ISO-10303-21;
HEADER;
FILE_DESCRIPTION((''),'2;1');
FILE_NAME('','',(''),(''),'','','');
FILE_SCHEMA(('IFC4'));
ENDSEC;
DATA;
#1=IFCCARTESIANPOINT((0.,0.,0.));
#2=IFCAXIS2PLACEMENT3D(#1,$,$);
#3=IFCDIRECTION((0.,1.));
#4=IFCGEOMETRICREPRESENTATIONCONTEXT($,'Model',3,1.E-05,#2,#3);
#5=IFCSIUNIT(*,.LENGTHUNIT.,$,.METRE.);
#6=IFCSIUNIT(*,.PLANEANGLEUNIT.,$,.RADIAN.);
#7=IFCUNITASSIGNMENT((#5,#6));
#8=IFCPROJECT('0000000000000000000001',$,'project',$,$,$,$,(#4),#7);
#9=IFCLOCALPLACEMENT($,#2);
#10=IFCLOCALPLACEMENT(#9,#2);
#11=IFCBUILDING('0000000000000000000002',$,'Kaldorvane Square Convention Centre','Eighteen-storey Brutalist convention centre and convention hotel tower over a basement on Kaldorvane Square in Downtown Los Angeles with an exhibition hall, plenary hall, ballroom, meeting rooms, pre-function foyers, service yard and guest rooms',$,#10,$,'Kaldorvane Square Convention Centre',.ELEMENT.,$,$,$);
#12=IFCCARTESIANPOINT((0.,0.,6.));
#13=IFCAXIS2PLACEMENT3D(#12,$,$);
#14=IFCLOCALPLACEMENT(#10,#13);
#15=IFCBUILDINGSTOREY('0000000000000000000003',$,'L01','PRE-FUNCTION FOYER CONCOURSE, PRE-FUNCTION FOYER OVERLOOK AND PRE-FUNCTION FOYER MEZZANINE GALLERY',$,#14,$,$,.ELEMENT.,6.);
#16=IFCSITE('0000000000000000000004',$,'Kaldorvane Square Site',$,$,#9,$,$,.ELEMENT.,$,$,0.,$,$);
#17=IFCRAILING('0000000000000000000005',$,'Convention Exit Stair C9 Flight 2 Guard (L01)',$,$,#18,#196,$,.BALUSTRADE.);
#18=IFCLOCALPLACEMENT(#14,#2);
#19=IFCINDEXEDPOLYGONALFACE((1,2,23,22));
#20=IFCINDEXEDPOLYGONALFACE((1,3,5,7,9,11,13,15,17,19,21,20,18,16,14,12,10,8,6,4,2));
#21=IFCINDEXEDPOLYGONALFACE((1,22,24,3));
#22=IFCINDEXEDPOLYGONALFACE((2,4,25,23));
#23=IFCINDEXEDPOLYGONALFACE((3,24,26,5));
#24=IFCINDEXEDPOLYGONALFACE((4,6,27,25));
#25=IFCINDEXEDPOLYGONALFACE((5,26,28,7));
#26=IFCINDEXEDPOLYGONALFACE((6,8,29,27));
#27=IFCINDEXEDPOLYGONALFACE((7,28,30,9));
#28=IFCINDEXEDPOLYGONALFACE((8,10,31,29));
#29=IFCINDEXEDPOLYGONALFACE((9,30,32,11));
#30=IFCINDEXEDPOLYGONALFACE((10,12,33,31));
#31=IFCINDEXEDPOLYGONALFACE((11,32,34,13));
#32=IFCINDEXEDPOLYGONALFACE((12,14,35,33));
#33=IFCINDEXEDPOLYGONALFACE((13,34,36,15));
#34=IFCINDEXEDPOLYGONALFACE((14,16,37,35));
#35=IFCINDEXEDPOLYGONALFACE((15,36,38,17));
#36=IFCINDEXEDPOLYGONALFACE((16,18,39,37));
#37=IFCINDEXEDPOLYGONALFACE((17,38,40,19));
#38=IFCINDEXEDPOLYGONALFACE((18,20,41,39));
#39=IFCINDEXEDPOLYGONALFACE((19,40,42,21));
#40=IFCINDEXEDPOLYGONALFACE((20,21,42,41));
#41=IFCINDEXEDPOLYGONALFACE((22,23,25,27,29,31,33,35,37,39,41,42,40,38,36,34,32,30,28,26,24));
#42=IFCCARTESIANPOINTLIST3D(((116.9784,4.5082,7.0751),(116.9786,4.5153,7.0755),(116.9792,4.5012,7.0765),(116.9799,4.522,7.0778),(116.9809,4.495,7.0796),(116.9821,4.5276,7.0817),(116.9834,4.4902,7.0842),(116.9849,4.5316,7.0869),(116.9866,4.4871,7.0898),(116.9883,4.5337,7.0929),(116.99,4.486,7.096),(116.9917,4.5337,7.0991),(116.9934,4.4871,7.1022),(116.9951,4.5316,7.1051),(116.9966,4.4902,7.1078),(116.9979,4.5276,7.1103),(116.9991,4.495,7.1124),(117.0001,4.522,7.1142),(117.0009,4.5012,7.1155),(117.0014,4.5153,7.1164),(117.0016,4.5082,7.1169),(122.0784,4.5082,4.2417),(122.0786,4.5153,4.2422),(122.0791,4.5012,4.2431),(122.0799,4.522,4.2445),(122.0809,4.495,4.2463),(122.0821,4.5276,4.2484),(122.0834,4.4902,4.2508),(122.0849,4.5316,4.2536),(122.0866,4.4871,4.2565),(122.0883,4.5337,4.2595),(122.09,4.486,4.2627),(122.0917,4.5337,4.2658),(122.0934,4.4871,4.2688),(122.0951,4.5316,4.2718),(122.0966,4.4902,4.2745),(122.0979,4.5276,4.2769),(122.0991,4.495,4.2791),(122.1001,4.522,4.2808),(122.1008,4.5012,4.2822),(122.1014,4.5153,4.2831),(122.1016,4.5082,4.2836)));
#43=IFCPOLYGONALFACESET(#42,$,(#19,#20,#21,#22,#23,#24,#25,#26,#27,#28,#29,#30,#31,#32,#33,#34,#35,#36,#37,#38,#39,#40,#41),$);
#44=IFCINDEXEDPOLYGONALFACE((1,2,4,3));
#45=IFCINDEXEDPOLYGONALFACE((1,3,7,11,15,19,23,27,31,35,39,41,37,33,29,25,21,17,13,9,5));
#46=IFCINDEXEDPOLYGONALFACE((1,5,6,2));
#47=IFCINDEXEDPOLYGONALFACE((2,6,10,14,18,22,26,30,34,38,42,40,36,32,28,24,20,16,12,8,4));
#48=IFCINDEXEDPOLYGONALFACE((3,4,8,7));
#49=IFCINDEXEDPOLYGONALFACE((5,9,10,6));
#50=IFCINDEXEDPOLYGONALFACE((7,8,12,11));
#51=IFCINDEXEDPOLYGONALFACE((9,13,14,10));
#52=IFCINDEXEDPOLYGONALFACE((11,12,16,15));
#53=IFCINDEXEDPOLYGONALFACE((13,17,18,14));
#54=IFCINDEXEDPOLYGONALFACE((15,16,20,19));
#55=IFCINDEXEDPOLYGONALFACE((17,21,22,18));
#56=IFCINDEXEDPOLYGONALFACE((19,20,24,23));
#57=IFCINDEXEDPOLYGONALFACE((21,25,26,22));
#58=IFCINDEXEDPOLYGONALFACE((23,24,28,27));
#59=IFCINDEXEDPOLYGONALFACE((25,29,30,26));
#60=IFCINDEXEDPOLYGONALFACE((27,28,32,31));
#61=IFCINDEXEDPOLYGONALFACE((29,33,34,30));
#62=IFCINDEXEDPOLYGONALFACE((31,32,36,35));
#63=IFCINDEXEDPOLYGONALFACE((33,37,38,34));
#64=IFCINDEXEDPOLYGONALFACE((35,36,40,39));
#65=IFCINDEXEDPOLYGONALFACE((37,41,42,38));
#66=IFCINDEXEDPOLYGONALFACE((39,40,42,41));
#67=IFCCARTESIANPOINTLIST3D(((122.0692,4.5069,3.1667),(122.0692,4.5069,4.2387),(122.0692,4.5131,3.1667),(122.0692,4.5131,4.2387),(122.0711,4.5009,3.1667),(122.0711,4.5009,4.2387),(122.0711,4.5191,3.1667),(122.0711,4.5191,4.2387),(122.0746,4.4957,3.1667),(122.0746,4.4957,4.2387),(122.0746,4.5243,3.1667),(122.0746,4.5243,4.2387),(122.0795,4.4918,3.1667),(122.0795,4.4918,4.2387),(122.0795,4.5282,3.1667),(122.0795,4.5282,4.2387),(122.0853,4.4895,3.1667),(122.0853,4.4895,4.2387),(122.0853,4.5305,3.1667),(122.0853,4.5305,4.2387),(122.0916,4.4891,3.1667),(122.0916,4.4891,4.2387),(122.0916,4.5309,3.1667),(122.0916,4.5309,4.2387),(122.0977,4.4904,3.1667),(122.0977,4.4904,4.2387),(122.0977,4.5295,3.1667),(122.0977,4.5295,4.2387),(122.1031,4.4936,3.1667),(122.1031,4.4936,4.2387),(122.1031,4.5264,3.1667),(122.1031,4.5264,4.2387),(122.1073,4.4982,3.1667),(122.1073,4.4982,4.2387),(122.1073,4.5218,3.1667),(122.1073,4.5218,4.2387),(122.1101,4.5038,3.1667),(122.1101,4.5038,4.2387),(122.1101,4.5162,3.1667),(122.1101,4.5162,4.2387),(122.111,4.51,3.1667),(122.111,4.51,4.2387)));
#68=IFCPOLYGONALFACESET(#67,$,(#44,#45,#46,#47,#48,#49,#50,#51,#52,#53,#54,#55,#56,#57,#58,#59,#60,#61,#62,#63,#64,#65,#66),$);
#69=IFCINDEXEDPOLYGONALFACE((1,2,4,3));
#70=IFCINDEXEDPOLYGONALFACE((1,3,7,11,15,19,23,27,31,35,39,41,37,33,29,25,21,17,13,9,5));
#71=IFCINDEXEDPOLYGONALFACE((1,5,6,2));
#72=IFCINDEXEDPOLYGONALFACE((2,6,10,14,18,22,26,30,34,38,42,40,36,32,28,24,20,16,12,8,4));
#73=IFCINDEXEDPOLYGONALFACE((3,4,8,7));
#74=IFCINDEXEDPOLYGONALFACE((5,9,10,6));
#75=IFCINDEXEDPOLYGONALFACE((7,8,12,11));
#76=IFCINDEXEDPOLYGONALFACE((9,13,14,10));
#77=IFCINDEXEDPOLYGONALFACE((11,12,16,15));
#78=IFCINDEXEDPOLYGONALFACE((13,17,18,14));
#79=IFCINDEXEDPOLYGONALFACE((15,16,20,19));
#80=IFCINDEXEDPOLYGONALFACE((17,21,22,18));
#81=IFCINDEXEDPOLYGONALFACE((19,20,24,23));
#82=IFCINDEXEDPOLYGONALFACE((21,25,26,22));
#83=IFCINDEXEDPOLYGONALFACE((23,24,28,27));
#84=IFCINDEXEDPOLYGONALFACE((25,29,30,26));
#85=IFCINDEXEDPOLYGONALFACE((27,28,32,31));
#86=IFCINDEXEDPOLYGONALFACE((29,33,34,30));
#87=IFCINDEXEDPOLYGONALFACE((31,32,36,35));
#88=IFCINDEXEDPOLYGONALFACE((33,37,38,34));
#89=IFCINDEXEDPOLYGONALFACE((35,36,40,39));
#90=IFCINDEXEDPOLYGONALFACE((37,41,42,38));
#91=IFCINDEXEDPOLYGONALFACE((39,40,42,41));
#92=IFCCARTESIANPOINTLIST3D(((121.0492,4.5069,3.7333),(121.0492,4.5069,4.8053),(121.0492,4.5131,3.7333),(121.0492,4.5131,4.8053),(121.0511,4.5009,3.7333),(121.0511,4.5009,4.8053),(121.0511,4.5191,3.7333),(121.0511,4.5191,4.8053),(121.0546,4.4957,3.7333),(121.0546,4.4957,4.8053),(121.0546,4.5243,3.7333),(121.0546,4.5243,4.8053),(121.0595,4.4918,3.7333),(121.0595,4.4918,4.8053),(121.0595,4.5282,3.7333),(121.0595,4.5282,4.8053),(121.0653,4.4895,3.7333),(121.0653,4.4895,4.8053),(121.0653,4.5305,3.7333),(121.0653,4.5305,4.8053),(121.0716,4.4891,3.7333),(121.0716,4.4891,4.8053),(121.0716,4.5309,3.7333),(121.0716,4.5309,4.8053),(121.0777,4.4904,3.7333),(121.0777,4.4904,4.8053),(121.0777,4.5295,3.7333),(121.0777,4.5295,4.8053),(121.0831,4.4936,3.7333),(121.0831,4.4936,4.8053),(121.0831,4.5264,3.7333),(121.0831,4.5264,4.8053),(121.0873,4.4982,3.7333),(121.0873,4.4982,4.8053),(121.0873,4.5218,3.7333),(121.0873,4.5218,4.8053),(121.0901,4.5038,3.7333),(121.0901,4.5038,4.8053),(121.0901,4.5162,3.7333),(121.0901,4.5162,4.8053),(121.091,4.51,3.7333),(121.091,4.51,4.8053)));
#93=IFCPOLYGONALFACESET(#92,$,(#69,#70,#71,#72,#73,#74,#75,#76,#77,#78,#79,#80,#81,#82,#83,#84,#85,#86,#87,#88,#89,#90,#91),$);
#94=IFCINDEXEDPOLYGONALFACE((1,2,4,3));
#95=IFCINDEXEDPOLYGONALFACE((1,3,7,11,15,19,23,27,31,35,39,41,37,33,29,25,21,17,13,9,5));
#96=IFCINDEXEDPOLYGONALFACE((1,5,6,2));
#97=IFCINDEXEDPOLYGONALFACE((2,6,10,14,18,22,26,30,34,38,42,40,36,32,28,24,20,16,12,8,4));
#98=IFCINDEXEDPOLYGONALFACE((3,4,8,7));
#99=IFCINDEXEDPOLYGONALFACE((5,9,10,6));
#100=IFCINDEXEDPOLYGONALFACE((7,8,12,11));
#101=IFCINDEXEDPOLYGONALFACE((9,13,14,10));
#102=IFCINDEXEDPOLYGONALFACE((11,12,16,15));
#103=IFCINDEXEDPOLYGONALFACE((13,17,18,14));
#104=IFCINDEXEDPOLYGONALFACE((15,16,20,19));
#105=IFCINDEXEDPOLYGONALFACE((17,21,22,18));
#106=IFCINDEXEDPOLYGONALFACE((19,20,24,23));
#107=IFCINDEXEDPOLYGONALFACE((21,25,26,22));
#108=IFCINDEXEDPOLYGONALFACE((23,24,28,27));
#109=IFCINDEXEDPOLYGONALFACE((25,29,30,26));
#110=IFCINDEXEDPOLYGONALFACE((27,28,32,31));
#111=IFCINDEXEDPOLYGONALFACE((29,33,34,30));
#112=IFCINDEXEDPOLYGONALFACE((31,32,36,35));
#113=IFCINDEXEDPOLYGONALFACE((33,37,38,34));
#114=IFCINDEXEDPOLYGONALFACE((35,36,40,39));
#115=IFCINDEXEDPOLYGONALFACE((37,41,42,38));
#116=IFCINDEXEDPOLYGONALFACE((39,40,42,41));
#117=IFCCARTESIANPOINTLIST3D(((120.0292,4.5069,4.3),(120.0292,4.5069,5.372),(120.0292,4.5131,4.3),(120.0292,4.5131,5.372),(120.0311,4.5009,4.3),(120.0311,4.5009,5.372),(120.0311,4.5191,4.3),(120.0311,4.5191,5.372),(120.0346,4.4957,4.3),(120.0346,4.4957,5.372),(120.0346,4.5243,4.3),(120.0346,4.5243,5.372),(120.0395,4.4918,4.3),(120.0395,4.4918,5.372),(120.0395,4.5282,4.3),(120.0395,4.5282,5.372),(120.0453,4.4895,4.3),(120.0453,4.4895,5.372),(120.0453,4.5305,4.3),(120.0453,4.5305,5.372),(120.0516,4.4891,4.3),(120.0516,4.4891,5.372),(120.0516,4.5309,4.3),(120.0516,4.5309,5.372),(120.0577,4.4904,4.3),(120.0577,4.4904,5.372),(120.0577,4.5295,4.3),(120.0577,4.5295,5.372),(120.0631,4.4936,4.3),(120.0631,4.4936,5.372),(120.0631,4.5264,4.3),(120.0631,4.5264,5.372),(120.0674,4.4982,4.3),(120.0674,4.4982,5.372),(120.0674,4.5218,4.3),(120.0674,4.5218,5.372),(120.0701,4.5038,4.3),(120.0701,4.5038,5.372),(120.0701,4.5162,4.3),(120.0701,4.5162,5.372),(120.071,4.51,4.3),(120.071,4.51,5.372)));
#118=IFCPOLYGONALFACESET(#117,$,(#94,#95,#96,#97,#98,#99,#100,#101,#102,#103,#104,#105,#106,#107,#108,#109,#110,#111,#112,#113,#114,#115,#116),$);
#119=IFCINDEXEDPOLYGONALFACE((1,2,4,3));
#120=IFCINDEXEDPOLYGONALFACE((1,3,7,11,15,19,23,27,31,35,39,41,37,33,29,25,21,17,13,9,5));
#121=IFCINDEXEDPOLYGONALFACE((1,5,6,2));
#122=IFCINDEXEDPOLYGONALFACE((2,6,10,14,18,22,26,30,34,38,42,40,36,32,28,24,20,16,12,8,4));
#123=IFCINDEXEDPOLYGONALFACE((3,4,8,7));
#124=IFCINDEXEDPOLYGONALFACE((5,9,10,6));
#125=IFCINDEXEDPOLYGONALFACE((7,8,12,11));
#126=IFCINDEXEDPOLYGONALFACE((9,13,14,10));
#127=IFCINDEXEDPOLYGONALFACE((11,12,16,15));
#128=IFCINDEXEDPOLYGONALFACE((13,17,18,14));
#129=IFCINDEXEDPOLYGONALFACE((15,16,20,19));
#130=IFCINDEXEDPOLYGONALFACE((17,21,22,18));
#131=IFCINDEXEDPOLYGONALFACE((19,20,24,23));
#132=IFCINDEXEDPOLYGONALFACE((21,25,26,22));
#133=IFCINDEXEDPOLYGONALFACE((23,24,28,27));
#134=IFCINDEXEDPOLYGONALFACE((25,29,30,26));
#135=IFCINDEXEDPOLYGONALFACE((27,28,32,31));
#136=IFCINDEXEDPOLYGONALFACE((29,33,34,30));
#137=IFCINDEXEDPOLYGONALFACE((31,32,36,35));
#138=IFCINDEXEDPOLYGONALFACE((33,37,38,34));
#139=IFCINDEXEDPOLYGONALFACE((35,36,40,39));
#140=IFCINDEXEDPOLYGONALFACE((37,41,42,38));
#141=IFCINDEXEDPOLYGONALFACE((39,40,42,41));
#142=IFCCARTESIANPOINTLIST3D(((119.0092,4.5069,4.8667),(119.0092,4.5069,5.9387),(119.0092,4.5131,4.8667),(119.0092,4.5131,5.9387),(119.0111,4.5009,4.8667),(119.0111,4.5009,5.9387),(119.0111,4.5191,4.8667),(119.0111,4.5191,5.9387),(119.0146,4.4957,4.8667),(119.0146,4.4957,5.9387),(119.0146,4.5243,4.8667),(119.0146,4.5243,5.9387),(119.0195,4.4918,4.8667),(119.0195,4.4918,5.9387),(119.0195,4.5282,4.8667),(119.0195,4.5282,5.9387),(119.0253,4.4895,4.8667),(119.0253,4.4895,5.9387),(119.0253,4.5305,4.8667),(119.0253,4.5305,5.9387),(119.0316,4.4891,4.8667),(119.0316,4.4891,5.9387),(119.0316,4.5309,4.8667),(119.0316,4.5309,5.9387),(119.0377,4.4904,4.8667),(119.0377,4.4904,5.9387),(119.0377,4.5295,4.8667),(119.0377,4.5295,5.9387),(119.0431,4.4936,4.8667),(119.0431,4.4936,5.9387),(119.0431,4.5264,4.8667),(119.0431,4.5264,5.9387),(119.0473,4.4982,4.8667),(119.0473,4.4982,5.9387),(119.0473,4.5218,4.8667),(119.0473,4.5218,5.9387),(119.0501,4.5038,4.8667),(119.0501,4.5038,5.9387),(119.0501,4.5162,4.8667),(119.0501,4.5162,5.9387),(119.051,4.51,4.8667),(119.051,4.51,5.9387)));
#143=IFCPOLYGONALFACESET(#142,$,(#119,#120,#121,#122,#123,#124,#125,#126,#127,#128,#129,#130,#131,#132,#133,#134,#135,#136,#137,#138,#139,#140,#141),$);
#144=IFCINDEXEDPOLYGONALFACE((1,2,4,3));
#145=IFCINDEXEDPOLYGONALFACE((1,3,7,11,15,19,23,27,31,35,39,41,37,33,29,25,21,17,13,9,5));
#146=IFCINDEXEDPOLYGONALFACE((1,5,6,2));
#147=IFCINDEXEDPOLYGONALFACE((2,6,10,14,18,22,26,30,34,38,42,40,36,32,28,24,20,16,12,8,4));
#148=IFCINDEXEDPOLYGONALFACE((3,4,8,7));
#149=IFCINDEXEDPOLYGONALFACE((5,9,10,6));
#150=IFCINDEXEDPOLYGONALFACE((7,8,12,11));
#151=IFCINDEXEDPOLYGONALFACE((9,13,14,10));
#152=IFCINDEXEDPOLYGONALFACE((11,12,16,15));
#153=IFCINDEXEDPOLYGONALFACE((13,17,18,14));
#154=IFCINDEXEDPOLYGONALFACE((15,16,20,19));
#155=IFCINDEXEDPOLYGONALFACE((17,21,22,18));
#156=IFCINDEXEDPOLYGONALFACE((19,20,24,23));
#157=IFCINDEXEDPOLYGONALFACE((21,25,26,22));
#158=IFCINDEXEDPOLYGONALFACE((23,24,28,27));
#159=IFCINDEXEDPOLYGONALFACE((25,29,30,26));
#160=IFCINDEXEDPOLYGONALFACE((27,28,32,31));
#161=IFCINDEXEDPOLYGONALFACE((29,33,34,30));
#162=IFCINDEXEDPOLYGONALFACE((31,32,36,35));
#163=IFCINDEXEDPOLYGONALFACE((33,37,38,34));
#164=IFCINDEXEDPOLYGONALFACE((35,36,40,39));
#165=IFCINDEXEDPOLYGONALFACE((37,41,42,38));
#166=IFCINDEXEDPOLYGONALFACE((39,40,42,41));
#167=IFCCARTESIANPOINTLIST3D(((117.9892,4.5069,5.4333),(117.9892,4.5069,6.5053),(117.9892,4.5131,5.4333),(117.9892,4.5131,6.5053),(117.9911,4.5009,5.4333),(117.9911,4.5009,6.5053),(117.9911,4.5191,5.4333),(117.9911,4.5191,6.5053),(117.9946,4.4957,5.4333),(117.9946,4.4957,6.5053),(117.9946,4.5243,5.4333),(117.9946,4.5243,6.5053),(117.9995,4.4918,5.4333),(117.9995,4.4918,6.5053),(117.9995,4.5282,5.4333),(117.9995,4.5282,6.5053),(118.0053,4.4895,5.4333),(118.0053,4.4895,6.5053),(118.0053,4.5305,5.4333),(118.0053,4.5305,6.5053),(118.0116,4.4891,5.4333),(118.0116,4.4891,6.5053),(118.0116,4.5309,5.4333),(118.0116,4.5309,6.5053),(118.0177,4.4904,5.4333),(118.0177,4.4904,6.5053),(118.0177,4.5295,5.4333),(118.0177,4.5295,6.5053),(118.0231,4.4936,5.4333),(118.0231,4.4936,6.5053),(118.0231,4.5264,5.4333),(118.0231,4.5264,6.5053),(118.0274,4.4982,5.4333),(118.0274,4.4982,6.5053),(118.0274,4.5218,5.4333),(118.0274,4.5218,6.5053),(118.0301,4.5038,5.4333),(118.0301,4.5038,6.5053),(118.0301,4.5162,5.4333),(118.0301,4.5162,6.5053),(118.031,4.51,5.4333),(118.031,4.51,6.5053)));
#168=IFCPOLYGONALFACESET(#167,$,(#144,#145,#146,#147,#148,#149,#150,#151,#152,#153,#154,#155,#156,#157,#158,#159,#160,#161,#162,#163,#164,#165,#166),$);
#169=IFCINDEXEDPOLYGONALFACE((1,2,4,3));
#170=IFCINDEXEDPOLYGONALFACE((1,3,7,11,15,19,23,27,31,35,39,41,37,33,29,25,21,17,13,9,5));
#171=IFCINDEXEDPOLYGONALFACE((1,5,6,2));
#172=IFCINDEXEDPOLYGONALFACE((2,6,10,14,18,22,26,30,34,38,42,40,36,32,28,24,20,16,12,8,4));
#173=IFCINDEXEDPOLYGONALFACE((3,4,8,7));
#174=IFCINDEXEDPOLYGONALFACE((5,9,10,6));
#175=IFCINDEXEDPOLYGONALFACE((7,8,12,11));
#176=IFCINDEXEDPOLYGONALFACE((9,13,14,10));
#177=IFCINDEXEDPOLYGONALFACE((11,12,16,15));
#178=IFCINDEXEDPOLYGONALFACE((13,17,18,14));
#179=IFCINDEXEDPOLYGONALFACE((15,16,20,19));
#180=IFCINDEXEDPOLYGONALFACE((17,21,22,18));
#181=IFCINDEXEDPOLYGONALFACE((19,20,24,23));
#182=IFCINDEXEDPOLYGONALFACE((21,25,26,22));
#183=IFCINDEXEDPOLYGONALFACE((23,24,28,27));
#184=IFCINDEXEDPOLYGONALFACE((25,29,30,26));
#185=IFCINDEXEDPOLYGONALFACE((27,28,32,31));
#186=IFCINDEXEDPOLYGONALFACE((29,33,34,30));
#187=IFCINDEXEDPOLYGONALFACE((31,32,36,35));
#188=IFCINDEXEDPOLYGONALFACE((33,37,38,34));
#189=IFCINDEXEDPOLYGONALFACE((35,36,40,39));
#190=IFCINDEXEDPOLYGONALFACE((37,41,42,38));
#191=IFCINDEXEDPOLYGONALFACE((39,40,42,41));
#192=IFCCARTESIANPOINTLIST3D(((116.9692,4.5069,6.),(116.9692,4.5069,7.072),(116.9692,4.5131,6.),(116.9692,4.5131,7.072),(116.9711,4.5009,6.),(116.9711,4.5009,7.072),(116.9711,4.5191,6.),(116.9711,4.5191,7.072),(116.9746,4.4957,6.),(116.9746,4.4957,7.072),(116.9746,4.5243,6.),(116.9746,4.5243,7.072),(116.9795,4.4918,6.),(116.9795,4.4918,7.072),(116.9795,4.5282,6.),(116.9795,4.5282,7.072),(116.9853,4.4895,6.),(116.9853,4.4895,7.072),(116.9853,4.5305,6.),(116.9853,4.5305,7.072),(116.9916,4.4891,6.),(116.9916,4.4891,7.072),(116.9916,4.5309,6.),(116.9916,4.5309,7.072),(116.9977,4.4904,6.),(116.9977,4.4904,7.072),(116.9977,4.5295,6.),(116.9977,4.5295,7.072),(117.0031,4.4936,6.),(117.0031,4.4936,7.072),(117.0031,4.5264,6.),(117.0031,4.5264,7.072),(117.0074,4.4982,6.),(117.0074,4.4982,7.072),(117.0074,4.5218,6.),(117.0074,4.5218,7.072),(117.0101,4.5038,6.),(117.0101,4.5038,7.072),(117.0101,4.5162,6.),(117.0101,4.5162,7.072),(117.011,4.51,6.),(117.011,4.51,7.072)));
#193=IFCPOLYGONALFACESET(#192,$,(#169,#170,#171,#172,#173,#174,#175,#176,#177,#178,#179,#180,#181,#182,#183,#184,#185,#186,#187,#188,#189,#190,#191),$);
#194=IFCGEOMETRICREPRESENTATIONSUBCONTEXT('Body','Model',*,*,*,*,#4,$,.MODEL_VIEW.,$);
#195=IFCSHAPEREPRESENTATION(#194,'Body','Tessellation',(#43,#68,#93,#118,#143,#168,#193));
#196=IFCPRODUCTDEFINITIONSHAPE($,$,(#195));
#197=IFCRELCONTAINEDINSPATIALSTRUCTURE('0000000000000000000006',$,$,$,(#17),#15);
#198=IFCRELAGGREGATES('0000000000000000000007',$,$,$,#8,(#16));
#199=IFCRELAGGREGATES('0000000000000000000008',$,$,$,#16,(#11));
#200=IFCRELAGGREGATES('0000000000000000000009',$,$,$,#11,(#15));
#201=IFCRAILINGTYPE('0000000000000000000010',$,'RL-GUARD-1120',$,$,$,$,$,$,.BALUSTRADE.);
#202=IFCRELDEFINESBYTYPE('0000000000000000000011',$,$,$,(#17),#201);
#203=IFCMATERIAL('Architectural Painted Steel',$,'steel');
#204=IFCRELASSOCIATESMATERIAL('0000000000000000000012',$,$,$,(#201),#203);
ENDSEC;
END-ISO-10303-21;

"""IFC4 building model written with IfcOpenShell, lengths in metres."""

from ifc_helpers import new_model, si_unit, direction, frame, origin, origin_2d, place, context, subcontext, project, spatial, circle, extrude, material, type_object, element, save


model = new_model("IFC4")

# Units and contexts
model_context = context("Model", 3, precision=1e-05, world=origin(), true_north=direction((0.0, 1.0)))
body_context = subcontext(model_context, "Body", "Model", "MODEL_VIEW")
ifc_project = project(units=[si_unit("LENGTHUNIT", "METRE"), si_unit("PLANEANGLEUNIT", "RADIAN")], contexts=[model_context])

# Site, building, storey
site_placement = place(None, origin())
site = spatial("IfcSite", under=ifc_project, at=site_placement, Name="Kaldorvane Square Site", CompositionType="ELEMENT", RefElevation=0.0)
building_placement = place(site_placement, origin())
building = spatial("IfcBuilding", under=site, at=building_placement, Name="Kaldorvane Square Convention Centre", Description="Eighteen-storey Brutalist convention centre and convention hotel tower over a basement on Kaldorvane Square in Downtown Los Angeles with an exhibition hall, plenary hall, ballroom, meeting rooms, pre-function foyers, service yard and guest rooms", LongName="Kaldorvane Square Convention Centre", CompositionType="ELEMENT")
storey_placement = place(building_placement, frame((0.0, 0.0, 6.0)))
storey = spatial("IfcBuildingStorey", under=building, at=storey_placement, Name="L01", Description="PRE-FUNCTION FOYER CONCOURSE, PRE-FUNCTION FOYER OVERLOOK AND PRE-FUNCTION FOYER MEZZANINE GALLERY", CompositionType="ELEMENT", Elevation=6.0)

# Railing
ifc_material_1 = material(Name="Architectural Painted Steel", Category="steel")
railing_type_1 = type_object("IfcRailingType", Name="RL-GUARD-1120", PredefinedType="BALUSTRADE", material=ifc_material_1)
railing_1_placement = place(storey_placement, frame((122.09, 4.51, 3.1667)))
element("IfcRailing", 1, at=railing_1_placement, inside=storey, type_object=railing_type_1, Name="Convention Exit Stair C9 Flight 2 Guard (L01)", PredefinedType="BALUSTRADE", context=body_context, shape_type="SweptSolid", body=[
    extrude(circle(Radius=0.024, at=origin_2d()), frame((0.0, 0.0, 1.096), z_axis=(-0.874157, 0.0, 0.485643), x_axis=(0.0, -1.0, 0.0)), (0.0, 0.0, 1.0), 5.8342),
    extrude(circle(Radius=0.021, at=origin_2d()), origin(), (0.0, 0.0, 1.0), 1.072),
    extrude(circle(Radius=0.021, at=origin_2d()), frame((-1.02, 0.0, 0.5667)), (0.0, 0.0, 1.0), 1.072),
    extrude(circle(Radius=0.021, at=origin_2d()), frame((-2.04, 0.0, 1.1333)), (0.0, 0.0, 1.0), 1.072),
    extrude(circle(Radius=0.021, at=origin_2d()), frame((-3.06, 0.0, 1.7)), (0.0, 0.0, 1.0), 1.072),
    extrude(circle(Radius=0.021, at=origin_2d()), frame((-4.08, 0.0, 2.2667)), (0.0, 0.0, 1.0), 1.072),
    extrude(circle(Radius=0.021, at=origin_2d()), frame((-5.1, 0.0, 2.8333)), (0.0, 0.0, 1.0), 1.072),
])

save(model, "model.ifc")
